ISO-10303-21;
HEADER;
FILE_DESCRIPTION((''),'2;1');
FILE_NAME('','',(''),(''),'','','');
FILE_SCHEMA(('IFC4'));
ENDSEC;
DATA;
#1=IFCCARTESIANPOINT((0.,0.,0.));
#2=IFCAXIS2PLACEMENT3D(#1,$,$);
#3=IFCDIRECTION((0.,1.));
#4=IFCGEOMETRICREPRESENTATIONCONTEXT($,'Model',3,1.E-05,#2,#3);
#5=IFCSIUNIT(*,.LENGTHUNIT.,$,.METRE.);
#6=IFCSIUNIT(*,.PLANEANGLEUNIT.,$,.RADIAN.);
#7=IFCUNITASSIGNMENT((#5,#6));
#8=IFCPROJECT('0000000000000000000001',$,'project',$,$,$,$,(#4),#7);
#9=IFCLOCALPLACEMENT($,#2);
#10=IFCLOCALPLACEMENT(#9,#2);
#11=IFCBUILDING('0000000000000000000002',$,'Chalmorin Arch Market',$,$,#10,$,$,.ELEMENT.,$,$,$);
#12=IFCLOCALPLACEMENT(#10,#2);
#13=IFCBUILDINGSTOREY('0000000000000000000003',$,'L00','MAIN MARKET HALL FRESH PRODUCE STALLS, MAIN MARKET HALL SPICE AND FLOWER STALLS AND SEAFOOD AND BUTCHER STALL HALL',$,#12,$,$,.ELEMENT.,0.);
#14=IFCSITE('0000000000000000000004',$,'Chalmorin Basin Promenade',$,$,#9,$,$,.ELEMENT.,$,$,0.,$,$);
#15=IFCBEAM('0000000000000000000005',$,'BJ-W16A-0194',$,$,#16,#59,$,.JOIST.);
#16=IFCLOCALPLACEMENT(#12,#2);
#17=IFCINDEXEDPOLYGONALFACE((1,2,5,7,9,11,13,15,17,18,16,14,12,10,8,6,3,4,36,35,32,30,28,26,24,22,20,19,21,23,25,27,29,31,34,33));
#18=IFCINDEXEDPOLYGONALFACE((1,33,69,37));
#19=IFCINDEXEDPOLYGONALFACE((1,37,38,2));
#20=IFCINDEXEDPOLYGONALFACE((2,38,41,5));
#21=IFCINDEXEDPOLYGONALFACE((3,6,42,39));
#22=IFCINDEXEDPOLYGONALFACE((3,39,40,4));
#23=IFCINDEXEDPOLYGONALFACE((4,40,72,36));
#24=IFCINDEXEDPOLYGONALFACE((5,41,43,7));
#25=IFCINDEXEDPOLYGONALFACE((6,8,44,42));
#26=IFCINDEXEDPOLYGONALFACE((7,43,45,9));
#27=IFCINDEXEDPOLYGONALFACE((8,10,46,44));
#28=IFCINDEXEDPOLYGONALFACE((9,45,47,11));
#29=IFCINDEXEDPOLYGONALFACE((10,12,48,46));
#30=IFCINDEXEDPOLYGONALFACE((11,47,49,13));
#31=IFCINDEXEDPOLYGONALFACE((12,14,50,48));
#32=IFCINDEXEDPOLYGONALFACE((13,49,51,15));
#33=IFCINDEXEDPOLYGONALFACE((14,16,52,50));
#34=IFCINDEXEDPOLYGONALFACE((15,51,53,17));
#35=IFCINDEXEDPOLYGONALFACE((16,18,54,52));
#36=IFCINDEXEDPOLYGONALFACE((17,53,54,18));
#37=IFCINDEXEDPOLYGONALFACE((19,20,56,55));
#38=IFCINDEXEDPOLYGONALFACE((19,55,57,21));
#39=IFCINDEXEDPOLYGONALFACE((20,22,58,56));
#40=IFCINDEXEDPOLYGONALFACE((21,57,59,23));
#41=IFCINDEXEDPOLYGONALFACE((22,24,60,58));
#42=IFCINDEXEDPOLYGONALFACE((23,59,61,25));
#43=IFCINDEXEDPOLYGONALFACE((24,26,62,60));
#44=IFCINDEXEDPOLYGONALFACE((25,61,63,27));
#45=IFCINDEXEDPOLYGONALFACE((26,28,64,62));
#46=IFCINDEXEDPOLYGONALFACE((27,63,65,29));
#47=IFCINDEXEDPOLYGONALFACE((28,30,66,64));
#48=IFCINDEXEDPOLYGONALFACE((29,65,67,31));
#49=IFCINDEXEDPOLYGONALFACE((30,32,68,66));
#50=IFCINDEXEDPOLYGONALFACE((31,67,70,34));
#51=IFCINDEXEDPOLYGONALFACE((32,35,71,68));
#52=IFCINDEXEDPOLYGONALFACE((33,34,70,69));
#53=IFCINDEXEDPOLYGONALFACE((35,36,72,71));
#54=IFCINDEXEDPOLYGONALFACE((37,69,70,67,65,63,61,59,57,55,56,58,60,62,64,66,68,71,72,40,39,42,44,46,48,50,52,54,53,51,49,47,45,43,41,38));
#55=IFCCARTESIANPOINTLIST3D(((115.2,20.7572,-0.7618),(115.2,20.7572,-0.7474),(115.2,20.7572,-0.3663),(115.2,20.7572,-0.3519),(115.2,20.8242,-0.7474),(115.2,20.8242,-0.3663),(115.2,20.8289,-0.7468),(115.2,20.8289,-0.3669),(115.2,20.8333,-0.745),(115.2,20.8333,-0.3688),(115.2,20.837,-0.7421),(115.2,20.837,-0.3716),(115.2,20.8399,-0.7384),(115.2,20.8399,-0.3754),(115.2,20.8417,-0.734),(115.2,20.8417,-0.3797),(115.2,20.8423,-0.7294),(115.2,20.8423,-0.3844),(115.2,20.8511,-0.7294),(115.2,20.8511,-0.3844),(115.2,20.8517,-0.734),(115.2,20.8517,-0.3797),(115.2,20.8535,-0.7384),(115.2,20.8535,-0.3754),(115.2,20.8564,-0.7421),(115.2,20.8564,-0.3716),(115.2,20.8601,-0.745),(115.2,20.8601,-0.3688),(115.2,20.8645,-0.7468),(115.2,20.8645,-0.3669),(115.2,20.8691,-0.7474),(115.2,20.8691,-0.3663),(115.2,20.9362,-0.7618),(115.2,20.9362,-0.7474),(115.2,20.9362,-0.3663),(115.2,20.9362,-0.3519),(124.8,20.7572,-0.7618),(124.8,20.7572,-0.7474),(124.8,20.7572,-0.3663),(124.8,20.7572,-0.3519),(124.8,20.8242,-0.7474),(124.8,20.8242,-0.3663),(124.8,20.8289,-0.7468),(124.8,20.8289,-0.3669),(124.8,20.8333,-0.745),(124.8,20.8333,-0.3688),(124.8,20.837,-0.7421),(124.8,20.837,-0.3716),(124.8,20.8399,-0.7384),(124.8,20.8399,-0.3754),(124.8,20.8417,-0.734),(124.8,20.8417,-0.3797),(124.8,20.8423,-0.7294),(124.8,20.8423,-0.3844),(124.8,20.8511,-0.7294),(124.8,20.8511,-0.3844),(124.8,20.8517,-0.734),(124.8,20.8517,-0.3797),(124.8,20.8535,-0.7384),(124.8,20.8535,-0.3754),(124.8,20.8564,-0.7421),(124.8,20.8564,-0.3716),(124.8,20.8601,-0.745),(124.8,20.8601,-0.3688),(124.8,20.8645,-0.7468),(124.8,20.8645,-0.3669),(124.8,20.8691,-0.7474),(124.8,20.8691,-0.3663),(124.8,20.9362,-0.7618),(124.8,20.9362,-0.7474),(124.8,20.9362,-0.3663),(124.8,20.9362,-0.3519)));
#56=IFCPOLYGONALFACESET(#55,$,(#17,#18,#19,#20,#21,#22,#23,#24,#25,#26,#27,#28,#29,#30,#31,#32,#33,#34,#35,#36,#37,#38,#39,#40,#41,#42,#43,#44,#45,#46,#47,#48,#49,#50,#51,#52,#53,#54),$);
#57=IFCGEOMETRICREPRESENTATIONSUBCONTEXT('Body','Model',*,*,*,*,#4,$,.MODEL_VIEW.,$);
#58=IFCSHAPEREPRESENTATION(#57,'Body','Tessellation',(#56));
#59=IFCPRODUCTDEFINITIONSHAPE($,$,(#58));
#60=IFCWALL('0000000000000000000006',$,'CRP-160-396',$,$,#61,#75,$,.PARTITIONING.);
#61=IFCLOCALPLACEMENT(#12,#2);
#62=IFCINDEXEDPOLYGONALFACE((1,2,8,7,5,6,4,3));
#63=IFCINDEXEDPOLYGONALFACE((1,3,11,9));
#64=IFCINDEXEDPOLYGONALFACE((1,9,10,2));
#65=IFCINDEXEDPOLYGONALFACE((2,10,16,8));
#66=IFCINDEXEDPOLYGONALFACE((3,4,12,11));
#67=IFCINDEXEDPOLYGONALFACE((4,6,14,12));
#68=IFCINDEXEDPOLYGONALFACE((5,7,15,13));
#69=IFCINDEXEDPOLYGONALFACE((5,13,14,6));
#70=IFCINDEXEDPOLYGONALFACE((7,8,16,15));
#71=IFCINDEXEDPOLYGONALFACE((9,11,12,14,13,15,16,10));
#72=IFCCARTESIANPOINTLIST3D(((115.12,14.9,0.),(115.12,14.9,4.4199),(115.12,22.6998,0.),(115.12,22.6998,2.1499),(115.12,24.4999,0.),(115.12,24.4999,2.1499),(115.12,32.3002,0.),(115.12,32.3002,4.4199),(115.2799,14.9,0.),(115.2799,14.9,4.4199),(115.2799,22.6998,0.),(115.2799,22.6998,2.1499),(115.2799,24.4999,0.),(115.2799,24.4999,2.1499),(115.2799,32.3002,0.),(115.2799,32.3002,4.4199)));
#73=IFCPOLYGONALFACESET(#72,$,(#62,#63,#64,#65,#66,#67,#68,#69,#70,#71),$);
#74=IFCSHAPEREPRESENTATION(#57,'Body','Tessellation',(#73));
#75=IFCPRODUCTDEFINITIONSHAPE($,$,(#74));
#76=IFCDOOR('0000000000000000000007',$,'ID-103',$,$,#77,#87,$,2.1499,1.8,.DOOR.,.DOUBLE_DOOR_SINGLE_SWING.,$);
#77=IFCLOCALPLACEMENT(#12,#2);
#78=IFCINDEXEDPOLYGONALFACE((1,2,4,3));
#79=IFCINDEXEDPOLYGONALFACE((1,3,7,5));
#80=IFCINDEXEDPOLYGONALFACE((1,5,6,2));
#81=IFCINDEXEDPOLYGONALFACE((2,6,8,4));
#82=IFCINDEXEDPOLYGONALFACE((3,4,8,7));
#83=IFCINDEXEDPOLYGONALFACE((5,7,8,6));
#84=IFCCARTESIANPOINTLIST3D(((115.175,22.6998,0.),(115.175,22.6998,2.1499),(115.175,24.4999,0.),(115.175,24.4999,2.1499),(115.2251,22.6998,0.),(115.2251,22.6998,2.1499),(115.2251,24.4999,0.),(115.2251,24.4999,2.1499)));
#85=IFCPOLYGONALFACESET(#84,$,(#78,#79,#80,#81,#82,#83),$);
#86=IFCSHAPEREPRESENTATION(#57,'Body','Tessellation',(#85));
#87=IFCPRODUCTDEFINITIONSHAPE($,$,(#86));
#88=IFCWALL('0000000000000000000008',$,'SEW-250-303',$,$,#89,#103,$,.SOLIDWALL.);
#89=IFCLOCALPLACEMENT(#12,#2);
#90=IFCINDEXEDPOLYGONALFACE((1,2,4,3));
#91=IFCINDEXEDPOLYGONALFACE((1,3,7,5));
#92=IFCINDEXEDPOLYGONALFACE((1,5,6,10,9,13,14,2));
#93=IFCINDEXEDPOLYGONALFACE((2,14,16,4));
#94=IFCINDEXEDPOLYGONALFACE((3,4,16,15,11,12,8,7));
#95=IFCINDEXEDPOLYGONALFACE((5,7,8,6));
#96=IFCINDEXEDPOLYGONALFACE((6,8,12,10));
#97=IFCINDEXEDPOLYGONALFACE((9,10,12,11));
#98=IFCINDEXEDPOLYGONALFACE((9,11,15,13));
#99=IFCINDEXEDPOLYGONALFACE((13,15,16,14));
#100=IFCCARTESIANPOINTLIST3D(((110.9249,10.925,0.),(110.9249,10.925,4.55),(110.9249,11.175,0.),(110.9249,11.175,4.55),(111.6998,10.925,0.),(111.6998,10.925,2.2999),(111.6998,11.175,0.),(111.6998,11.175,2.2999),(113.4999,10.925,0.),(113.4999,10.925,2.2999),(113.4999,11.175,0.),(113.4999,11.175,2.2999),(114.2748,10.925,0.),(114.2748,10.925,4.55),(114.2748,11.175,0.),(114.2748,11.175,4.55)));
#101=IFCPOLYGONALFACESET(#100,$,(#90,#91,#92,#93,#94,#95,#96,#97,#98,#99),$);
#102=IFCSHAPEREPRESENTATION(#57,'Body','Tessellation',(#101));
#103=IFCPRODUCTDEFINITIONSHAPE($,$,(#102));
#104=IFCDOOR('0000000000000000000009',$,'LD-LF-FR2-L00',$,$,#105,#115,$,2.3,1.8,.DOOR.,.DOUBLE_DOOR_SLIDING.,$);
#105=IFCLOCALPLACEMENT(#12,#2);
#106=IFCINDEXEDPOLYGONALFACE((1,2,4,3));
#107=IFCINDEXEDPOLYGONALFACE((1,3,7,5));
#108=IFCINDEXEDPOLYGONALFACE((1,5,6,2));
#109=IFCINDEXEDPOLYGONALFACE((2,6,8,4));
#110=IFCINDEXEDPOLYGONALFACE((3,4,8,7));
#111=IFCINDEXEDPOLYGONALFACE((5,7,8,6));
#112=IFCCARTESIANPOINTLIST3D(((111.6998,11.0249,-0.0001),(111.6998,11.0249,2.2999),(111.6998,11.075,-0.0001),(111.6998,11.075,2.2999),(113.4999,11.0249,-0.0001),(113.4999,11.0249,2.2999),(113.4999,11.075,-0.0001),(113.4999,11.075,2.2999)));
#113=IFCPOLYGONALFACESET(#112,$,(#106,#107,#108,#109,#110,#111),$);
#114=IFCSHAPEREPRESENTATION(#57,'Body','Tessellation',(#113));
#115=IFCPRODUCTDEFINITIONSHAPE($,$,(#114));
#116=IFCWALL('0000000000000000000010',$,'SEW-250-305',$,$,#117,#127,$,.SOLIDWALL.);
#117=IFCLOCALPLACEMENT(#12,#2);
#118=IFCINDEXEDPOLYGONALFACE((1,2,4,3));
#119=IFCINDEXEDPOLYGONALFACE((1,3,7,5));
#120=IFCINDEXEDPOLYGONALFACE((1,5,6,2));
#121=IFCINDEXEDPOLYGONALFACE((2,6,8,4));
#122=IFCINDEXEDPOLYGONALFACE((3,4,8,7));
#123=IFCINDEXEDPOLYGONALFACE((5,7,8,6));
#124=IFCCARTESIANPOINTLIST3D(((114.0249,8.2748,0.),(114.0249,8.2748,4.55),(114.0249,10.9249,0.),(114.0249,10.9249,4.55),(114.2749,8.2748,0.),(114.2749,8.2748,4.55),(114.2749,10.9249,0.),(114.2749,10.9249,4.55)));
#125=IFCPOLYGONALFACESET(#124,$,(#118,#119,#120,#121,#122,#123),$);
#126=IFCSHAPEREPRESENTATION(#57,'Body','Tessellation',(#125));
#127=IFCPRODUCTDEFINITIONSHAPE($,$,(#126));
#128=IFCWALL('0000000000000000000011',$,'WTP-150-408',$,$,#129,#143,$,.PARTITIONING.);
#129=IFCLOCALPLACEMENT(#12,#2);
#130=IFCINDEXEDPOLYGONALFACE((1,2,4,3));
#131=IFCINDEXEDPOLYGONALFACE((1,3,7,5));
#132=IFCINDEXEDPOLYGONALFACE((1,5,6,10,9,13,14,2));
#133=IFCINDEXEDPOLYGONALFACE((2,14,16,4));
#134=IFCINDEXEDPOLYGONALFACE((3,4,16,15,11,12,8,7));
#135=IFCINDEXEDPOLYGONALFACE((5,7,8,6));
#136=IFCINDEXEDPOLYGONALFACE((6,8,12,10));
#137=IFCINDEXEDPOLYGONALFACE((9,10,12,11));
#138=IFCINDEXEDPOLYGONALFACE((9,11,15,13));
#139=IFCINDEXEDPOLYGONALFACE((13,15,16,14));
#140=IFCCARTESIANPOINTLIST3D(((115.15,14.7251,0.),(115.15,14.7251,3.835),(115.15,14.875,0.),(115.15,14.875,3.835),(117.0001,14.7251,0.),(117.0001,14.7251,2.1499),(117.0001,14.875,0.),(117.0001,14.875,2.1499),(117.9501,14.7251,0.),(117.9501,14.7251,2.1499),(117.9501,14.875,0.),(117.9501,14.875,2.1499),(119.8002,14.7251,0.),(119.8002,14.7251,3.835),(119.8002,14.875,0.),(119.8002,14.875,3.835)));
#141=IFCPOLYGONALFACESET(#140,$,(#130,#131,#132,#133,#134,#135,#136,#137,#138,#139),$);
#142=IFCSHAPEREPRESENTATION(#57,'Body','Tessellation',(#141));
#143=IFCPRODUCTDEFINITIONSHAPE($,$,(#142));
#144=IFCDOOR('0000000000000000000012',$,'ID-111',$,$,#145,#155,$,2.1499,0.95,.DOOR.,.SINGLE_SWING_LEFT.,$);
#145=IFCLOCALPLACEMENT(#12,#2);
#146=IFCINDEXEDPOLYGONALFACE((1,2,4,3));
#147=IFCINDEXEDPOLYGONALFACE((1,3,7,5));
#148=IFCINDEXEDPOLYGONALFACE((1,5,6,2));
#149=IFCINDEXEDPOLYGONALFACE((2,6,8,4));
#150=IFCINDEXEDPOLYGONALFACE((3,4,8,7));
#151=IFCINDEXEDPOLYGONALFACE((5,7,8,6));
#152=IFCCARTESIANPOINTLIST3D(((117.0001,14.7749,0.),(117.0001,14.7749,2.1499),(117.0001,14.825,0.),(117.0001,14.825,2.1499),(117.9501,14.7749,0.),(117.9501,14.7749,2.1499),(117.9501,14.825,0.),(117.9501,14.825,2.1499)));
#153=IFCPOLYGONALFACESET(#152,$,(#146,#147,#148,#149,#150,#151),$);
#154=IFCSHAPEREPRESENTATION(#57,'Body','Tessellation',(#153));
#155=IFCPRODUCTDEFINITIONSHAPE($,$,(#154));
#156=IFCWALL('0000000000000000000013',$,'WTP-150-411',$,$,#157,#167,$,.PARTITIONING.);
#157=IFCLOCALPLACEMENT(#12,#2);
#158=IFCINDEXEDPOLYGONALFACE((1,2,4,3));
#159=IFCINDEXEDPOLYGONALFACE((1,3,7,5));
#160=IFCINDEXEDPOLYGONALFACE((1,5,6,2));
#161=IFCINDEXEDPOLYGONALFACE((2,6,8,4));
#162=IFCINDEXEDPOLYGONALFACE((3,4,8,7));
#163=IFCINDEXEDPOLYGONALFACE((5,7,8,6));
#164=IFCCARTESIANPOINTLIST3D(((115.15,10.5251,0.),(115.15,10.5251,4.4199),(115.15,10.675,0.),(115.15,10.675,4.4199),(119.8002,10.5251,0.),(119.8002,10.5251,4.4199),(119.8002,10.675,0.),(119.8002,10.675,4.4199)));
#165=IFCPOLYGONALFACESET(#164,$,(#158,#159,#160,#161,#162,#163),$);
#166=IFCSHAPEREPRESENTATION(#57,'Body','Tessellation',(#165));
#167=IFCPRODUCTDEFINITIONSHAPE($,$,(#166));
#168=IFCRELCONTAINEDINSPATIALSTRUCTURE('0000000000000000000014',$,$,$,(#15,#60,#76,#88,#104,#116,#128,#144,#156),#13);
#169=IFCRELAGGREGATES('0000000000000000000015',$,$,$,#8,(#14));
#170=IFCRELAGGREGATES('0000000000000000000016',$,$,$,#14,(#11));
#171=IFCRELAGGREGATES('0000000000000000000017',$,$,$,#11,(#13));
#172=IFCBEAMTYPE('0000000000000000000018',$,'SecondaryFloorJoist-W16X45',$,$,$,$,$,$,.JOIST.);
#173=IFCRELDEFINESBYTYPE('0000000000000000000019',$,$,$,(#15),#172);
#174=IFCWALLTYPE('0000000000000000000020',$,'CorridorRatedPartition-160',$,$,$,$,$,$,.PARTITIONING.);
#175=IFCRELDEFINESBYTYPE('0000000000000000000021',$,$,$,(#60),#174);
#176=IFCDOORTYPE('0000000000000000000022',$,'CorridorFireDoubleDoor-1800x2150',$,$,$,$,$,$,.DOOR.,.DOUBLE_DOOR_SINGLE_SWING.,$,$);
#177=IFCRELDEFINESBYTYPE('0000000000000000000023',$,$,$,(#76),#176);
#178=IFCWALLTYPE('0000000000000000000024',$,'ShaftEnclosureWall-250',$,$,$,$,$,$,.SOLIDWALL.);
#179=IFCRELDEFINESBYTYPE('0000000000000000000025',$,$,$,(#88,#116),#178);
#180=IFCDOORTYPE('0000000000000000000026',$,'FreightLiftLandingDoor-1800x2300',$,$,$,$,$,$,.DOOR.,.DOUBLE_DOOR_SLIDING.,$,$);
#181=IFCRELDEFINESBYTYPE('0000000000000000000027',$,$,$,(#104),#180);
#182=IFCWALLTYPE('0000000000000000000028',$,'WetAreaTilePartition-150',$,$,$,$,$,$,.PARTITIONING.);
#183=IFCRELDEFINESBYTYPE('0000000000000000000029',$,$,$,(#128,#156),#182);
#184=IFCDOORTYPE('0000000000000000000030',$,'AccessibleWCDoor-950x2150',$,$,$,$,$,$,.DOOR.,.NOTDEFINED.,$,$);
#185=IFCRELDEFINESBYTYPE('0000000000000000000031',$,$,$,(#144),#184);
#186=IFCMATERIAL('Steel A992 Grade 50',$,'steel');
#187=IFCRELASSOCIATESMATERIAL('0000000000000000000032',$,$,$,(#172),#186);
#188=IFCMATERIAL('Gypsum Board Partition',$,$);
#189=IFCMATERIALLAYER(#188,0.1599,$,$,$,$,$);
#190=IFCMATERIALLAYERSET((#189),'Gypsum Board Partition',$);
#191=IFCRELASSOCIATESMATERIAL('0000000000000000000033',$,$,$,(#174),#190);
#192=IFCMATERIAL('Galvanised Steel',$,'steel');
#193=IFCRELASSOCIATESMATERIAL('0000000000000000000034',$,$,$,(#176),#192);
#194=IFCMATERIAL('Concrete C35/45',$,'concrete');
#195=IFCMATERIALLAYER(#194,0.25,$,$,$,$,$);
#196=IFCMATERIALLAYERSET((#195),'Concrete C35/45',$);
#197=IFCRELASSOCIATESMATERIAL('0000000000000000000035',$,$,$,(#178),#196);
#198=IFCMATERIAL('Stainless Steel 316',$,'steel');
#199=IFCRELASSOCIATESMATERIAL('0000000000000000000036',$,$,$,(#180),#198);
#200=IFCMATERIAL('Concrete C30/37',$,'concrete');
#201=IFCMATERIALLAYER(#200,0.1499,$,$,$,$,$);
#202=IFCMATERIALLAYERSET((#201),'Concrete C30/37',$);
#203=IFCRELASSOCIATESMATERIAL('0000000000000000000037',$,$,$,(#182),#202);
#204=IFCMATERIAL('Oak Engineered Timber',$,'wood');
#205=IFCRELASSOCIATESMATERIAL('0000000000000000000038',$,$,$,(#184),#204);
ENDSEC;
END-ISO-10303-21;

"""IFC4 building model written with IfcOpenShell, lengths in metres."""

from ifc_helpers import new_model, si_unit, direction, frame, frame_2d, origin, origin_2d, place, context, subcontext, project, spatial, rectangle, i_section, extrude, material, layer, layer_set, material_profile, profile_set, type_object, element, fill, save


model = new_model("IFC4")

# Units and contexts
model_context = context("Model", 3, precision=1e-05, world=origin(), true_north=direction((0.0, 1.0)))
body_context = subcontext(model_context, "Body", "Model", "MODEL_VIEW")
ifc_project = project(units=[si_unit("LENGTHUNIT", "METRE"), si_unit("PLANEANGLEUNIT", "RADIAN")], contexts=[model_context])

# Site, building, storey
site_placement = place(None, origin())
site = spatial("IfcSite", under=ifc_project, at=site_placement, Name="Chalmorin Basin Promenade", CompositionType="ELEMENT", RefElevation=0.0)
building_placement = place(site_placement, origin())
building = spatial("IfcBuilding", under=site, at=building_placement, Name="Chalmorin Arch Market", CompositionType="ELEMENT")
storey_placement = place(building_placement, origin())
storey = spatial("IfcBuildingStorey", under=building, at=storey_placement, Name="L00", Description="MAIN MARKET HALL FRESH PRODUCE STALLS, MAIN MARKET HALL SPICE AND FLOWER STALLS AND SEAFOOD AND BUTCHER STALL HALL", CompositionType="ELEMENT", Elevation=0.0)

# Beam
ifc_material_1 = material(Name="Steel A992 Grade 50", Category="steel")
ifc_material_profile_1 = material_profile(ifc_material_1, i_section(OverallWidth=0.179, OverallDepth=0.4099, WebThickness=0.0088, FlangeThickness=0.0144, FilletRadius=0.0181, at=origin_2d()), Name="W16X45")
ifc_profile_set_1 = profile_set([ifc_material_profile_1], Name="Steel A992 Grade 50")
beam_type_1 = type_object("IfcBeamType", Name="SecondaryFloorJoist-W16X45", PredefinedType="JOIST", material=ifc_profile_set_1)
for number, where, z_axis, x_axis, name in (
    (1, (115.2, 20.8467, -0.5569), (1.0, 0.0, 0.0), (0.0, 1.0, 0.0), "BJ-W16A-0194"),
):
    element("IfcBeam", number, at=place(storey_placement, frame(where, z_axis=z_axis, x_axis=x_axis)), inside=storey, type_object=beam_type_1, Name=name, PredefinedType="JOIST", context=body_context, shape_type="SweptSolid", body=[
        extrude(i_section(OverallWidth=0.179, OverallDepth=0.4099, WebThickness=0.0088, FlangeThickness=0.0144, FilletRadius=0.0181, at=origin_2d()), origin(), (0.0, 0.0, 1.0), 9.6001),
    ])

# Walls, openings, doors
ifc_material_2 = material(Name="Gypsum Board Partition")
ifc_layer_1 = layer(ifc_material_2, 0.1599)
ifc_layer_set_1 = layer_set([ifc_layer_1], Name="Gypsum Board Partition")
wall_type_1 = type_object("IfcWallType", Name="CorridorRatedPartition-160", PredefinedType="PARTITIONING", material=ifc_layer_set_1)
wall_1_placement = place(storey_placement, frame((115.2, 14.8999, 0.0), z_axis=(0.0, 0.0, 1.0), x_axis=(0.0, 1.0, 0.0)))
wall_1 = element("IfcWall", 2, at=wall_1_placement, inside=storey, type_object=wall_type_1, Name="CRP-160-396", PredefinedType="PARTITIONING", context=body_context, shape_type="SweptSolid", body=[
    extrude(rectangle(XDim=17.4001, YDim=0.1599, at=frame_2d((8.7002, 0.0))), origin(), (0.0, 0.0, 1.0), 4.4199),
])
opening_1_placement = place(wall_1_placement, frame((7.8, 0.0, 0.0)))
opening_1 = element("IfcOpeningElement", 3, at=opening_1_placement, cuts=wall_1, PredefinedType="OPENING", context=body_context, shape_type="SweptSolid", body=[
    extrude(rectangle(XDim=1.8, YDim=2.1499, at=frame_2d((0.8999, 1.075))), frame((0.0, 0.0898, 0.0), z_axis=(0.0, -1.0, 0.0), x_axis=(1.0, 0.0, 0.0)), (0.0, 0.0, 1.0), 0.1799),
])
ifc_material_3 = material(Name="Galvanised Steel", Category="steel")
door_type_1 = type_object("IfcDoorType", Name="CorridorFireDoubleDoor-1800x2150", OperationType="DOUBLE_DOOR_SINGLE_SWING", PredefinedType="DOOR", material=ifc_material_3)
door_1_placement = place(opening_1_placement, origin())
door_1 = element("IfcDoor", 4, at=door_1_placement, inside=storey, type_object=door_type_1, Name="ID-103", OperationType="DOUBLE_DOOR_SINGLE_SWING", OverallHeight=2.1499, OverallWidth=1.8, PredefinedType="DOOR", context=body_context, shape_type="SweptSolid", body=[
    extrude(rectangle(XDim=1.8, YDim=2.1499, at=frame_2d((0.8999, 1.075))), frame((0.0, 0.0249, 0.0), z_axis=(0.0, -1.0, 0.0), x_axis=(1.0, 0.0, 0.0)), (0.0, 0.0, 1.0), 0.05),
])
fill(opening_1, door_1)
ifc_material_4 = material(Name="Concrete C35/45", Category="concrete")
ifc_layer_2 = layer(ifc_material_4, 0.25)
ifc_layer_set_2 = layer_set([ifc_layer_2], Name="Concrete C35/45")
wall_type_2 = type_object("IfcWallType", Name="ShaftEnclosureWall-250", PredefinedType="SOLIDWALL", material=ifc_layer_set_2)
wall_2_placement = place(storey_placement, frame((110.925, 11.05, 0.0), z_axis=(0.0, 0.0, 1.0), x_axis=(1.0, 0.0, 0.0)))
wall_2 = element("IfcWall", 5, at=wall_2_placement, inside=storey, type_object=wall_type_2, Name="SEW-250-303", PredefinedType="SOLIDWALL", context=body_context, shape_type="SweptSolid", body=[
    extrude(rectangle(XDim=3.3499, YDim=0.25, at=frame_2d((1.6748, 0.0))), origin(), (0.0, 0.0, 1.0), 4.55),
])
opening_2_placement = place(wall_2_placement, frame((0.7749, 0.0, 0.0)))
opening_2 = element("IfcOpeningElement", 6, at=opening_2_placement, cuts=wall_2, PredefinedType="OPENING", context=body_context, shape_type="SweptSolid", body=[
    extrude(rectangle(XDim=1.8, YDim=2.3, at=frame_2d((0.8999, 1.1499))), frame((0.0, 0.135, 0.0), z_axis=(0.0, -1.0, 0.0), x_axis=(1.0, 0.0, 0.0)), (0.0, 0.0, 1.0), 0.27),
])
ifc_material_5 = material(Name="Stainless Steel 316", Category="steel")
door_type_2 = type_object("IfcDoorType", Name="FreightLiftLandingDoor-1800x2300", OperationType="DOUBLE_DOOR_SLIDING", PredefinedType="DOOR", material=ifc_material_5)
door_2_placement = place(opening_2_placement, origin())
door_2 = element("IfcDoor", 7, at=door_2_placement, inside=storey, type_object=door_type_2, Name="LD-LF-FR2-L00", OperationType="DOUBLE_DOOR_SLIDING", OverallHeight=2.3, OverallWidth=1.8, PredefinedType="DOOR", context=body_context, shape_type="SweptSolid", body=[
    extrude(rectangle(XDim=1.8, YDim=2.3, at=frame_2d((0.8999, 1.1499))), frame((0.0, 0.0249, 0.0), z_axis=(0.0, -1.0, 0.0), x_axis=(1.0, 0.0, 0.0)), (0.0, 0.0, 1.0), 0.05),
])
fill(opening_2, door_2)

# Wall
wall_3_placement = place(storey_placement, frame((114.1499, 10.925, 0.0), z_axis=(0.0, 0.0, 1.0), x_axis=(0.0, -1.0, 0.0)))
element("IfcWall", 8, at=wall_3_placement, inside=storey, type_object=wall_type_2, Name="SEW-250-305", PredefinedType="SOLIDWALL", context=body_context, shape_type="SweptSolid", body=[
    extrude(rectangle(XDim=2.6501, YDim=0.25, at=frame_2d((1.3252, 0.0))), origin(), (0.0, 0.0, 1.0), 4.55),
])

# Wall, opening, door
ifc_material_6 = material(Name="Concrete C30/37", Category="concrete")
ifc_layer_3 = layer(ifc_material_6, 0.1499)
ifc_layer_set_3 = layer_set([ifc_layer_3], Name="Concrete C30/37")
wall_type_3 = type_object("IfcWallType", Name="WetAreaTilePartition-150", PredefinedType="PARTITIONING", material=ifc_layer_set_3)
wall_4_placement = place(storey_placement, frame((115.1499, 14.8, 0.0), z_axis=(0.0, 0.0, 1.0), x_axis=(1.0, 0.0, 0.0)))
wall_4 = element("IfcWall", 9, at=wall_4_placement, inside=storey, type_object=wall_type_3, Name="WTP-150-408", PredefinedType="PARTITIONING", context=body_context, shape_type="SweptSolid", body=[
    extrude(rectangle(XDim=4.6501, YDim=0.1499, at=frame_2d((2.3252, 0.0))), origin(), (0.0, 0.0, 1.0), 3.835),
])
opening_3_placement = place(wall_4_placement, frame((1.8501, 0.0, 0.0)))
opening_3 = element("IfcOpeningElement", 10, at=opening_3_placement, cuts=wall_4, PredefinedType="OPENING", context=body_context, shape_type="SweptSolid", body=[
    extrude(rectangle(XDim=0.95, YDim=2.1499, at=frame_2d((0.4751, 1.075))), frame((0.0, 0.085, 0.0), z_axis=(0.0, -1.0, 0.0), x_axis=(1.0, 0.0, 0.0)), (0.0, 0.0, 1.0), 0.1699),
])
ifc_material_7 = material(Name="Oak Engineered Timber", Category="wood")
door_type_3 = type_object("IfcDoorType", Name="AccessibleWCDoor-950x2150", OperationType="NOTDEFINED", PredefinedType="DOOR", material=ifc_material_7)
door_3_placement = place(opening_3_placement, origin())
door_3 = element("IfcDoor", 11, at=door_3_placement, inside=storey, type_object=door_type_3, Name="ID-111", OperationType="SINGLE_SWING_LEFT", OverallHeight=2.1499, OverallWidth=0.95, PredefinedType="DOOR", context=body_context, shape_type="SweptSolid", body=[
    extrude(rectangle(XDim=0.95, YDim=2.1499, at=frame_2d((0.4751, 1.075))), frame((0.0, 0.0249, 0.0), z_axis=(0.0, -1.0, 0.0), x_axis=(1.0, 0.0, 0.0)), (0.0, 0.0, 1.0), 0.05),
])
fill(opening_3, door_3)

# Wall
wall_5_placement = place(storey_placement, frame((115.1499, 10.6001, 0.0), z_axis=(0.0, 0.0, 1.0), x_axis=(1.0, 0.0, 0.0)))
element("IfcWall", 12, at=wall_5_placement, inside=storey, type_object=wall_type_3, Name="WTP-150-411", PredefinedType="PARTITIONING", context=body_context, shape_type="SweptSolid", body=[
    extrude(rectangle(XDim=4.6501, YDim=0.1499, at=frame_2d((2.3252, 0.0))), origin(), (0.0, 0.0, 1.0), 4.4199),
])

save(model, "model.ifc")
